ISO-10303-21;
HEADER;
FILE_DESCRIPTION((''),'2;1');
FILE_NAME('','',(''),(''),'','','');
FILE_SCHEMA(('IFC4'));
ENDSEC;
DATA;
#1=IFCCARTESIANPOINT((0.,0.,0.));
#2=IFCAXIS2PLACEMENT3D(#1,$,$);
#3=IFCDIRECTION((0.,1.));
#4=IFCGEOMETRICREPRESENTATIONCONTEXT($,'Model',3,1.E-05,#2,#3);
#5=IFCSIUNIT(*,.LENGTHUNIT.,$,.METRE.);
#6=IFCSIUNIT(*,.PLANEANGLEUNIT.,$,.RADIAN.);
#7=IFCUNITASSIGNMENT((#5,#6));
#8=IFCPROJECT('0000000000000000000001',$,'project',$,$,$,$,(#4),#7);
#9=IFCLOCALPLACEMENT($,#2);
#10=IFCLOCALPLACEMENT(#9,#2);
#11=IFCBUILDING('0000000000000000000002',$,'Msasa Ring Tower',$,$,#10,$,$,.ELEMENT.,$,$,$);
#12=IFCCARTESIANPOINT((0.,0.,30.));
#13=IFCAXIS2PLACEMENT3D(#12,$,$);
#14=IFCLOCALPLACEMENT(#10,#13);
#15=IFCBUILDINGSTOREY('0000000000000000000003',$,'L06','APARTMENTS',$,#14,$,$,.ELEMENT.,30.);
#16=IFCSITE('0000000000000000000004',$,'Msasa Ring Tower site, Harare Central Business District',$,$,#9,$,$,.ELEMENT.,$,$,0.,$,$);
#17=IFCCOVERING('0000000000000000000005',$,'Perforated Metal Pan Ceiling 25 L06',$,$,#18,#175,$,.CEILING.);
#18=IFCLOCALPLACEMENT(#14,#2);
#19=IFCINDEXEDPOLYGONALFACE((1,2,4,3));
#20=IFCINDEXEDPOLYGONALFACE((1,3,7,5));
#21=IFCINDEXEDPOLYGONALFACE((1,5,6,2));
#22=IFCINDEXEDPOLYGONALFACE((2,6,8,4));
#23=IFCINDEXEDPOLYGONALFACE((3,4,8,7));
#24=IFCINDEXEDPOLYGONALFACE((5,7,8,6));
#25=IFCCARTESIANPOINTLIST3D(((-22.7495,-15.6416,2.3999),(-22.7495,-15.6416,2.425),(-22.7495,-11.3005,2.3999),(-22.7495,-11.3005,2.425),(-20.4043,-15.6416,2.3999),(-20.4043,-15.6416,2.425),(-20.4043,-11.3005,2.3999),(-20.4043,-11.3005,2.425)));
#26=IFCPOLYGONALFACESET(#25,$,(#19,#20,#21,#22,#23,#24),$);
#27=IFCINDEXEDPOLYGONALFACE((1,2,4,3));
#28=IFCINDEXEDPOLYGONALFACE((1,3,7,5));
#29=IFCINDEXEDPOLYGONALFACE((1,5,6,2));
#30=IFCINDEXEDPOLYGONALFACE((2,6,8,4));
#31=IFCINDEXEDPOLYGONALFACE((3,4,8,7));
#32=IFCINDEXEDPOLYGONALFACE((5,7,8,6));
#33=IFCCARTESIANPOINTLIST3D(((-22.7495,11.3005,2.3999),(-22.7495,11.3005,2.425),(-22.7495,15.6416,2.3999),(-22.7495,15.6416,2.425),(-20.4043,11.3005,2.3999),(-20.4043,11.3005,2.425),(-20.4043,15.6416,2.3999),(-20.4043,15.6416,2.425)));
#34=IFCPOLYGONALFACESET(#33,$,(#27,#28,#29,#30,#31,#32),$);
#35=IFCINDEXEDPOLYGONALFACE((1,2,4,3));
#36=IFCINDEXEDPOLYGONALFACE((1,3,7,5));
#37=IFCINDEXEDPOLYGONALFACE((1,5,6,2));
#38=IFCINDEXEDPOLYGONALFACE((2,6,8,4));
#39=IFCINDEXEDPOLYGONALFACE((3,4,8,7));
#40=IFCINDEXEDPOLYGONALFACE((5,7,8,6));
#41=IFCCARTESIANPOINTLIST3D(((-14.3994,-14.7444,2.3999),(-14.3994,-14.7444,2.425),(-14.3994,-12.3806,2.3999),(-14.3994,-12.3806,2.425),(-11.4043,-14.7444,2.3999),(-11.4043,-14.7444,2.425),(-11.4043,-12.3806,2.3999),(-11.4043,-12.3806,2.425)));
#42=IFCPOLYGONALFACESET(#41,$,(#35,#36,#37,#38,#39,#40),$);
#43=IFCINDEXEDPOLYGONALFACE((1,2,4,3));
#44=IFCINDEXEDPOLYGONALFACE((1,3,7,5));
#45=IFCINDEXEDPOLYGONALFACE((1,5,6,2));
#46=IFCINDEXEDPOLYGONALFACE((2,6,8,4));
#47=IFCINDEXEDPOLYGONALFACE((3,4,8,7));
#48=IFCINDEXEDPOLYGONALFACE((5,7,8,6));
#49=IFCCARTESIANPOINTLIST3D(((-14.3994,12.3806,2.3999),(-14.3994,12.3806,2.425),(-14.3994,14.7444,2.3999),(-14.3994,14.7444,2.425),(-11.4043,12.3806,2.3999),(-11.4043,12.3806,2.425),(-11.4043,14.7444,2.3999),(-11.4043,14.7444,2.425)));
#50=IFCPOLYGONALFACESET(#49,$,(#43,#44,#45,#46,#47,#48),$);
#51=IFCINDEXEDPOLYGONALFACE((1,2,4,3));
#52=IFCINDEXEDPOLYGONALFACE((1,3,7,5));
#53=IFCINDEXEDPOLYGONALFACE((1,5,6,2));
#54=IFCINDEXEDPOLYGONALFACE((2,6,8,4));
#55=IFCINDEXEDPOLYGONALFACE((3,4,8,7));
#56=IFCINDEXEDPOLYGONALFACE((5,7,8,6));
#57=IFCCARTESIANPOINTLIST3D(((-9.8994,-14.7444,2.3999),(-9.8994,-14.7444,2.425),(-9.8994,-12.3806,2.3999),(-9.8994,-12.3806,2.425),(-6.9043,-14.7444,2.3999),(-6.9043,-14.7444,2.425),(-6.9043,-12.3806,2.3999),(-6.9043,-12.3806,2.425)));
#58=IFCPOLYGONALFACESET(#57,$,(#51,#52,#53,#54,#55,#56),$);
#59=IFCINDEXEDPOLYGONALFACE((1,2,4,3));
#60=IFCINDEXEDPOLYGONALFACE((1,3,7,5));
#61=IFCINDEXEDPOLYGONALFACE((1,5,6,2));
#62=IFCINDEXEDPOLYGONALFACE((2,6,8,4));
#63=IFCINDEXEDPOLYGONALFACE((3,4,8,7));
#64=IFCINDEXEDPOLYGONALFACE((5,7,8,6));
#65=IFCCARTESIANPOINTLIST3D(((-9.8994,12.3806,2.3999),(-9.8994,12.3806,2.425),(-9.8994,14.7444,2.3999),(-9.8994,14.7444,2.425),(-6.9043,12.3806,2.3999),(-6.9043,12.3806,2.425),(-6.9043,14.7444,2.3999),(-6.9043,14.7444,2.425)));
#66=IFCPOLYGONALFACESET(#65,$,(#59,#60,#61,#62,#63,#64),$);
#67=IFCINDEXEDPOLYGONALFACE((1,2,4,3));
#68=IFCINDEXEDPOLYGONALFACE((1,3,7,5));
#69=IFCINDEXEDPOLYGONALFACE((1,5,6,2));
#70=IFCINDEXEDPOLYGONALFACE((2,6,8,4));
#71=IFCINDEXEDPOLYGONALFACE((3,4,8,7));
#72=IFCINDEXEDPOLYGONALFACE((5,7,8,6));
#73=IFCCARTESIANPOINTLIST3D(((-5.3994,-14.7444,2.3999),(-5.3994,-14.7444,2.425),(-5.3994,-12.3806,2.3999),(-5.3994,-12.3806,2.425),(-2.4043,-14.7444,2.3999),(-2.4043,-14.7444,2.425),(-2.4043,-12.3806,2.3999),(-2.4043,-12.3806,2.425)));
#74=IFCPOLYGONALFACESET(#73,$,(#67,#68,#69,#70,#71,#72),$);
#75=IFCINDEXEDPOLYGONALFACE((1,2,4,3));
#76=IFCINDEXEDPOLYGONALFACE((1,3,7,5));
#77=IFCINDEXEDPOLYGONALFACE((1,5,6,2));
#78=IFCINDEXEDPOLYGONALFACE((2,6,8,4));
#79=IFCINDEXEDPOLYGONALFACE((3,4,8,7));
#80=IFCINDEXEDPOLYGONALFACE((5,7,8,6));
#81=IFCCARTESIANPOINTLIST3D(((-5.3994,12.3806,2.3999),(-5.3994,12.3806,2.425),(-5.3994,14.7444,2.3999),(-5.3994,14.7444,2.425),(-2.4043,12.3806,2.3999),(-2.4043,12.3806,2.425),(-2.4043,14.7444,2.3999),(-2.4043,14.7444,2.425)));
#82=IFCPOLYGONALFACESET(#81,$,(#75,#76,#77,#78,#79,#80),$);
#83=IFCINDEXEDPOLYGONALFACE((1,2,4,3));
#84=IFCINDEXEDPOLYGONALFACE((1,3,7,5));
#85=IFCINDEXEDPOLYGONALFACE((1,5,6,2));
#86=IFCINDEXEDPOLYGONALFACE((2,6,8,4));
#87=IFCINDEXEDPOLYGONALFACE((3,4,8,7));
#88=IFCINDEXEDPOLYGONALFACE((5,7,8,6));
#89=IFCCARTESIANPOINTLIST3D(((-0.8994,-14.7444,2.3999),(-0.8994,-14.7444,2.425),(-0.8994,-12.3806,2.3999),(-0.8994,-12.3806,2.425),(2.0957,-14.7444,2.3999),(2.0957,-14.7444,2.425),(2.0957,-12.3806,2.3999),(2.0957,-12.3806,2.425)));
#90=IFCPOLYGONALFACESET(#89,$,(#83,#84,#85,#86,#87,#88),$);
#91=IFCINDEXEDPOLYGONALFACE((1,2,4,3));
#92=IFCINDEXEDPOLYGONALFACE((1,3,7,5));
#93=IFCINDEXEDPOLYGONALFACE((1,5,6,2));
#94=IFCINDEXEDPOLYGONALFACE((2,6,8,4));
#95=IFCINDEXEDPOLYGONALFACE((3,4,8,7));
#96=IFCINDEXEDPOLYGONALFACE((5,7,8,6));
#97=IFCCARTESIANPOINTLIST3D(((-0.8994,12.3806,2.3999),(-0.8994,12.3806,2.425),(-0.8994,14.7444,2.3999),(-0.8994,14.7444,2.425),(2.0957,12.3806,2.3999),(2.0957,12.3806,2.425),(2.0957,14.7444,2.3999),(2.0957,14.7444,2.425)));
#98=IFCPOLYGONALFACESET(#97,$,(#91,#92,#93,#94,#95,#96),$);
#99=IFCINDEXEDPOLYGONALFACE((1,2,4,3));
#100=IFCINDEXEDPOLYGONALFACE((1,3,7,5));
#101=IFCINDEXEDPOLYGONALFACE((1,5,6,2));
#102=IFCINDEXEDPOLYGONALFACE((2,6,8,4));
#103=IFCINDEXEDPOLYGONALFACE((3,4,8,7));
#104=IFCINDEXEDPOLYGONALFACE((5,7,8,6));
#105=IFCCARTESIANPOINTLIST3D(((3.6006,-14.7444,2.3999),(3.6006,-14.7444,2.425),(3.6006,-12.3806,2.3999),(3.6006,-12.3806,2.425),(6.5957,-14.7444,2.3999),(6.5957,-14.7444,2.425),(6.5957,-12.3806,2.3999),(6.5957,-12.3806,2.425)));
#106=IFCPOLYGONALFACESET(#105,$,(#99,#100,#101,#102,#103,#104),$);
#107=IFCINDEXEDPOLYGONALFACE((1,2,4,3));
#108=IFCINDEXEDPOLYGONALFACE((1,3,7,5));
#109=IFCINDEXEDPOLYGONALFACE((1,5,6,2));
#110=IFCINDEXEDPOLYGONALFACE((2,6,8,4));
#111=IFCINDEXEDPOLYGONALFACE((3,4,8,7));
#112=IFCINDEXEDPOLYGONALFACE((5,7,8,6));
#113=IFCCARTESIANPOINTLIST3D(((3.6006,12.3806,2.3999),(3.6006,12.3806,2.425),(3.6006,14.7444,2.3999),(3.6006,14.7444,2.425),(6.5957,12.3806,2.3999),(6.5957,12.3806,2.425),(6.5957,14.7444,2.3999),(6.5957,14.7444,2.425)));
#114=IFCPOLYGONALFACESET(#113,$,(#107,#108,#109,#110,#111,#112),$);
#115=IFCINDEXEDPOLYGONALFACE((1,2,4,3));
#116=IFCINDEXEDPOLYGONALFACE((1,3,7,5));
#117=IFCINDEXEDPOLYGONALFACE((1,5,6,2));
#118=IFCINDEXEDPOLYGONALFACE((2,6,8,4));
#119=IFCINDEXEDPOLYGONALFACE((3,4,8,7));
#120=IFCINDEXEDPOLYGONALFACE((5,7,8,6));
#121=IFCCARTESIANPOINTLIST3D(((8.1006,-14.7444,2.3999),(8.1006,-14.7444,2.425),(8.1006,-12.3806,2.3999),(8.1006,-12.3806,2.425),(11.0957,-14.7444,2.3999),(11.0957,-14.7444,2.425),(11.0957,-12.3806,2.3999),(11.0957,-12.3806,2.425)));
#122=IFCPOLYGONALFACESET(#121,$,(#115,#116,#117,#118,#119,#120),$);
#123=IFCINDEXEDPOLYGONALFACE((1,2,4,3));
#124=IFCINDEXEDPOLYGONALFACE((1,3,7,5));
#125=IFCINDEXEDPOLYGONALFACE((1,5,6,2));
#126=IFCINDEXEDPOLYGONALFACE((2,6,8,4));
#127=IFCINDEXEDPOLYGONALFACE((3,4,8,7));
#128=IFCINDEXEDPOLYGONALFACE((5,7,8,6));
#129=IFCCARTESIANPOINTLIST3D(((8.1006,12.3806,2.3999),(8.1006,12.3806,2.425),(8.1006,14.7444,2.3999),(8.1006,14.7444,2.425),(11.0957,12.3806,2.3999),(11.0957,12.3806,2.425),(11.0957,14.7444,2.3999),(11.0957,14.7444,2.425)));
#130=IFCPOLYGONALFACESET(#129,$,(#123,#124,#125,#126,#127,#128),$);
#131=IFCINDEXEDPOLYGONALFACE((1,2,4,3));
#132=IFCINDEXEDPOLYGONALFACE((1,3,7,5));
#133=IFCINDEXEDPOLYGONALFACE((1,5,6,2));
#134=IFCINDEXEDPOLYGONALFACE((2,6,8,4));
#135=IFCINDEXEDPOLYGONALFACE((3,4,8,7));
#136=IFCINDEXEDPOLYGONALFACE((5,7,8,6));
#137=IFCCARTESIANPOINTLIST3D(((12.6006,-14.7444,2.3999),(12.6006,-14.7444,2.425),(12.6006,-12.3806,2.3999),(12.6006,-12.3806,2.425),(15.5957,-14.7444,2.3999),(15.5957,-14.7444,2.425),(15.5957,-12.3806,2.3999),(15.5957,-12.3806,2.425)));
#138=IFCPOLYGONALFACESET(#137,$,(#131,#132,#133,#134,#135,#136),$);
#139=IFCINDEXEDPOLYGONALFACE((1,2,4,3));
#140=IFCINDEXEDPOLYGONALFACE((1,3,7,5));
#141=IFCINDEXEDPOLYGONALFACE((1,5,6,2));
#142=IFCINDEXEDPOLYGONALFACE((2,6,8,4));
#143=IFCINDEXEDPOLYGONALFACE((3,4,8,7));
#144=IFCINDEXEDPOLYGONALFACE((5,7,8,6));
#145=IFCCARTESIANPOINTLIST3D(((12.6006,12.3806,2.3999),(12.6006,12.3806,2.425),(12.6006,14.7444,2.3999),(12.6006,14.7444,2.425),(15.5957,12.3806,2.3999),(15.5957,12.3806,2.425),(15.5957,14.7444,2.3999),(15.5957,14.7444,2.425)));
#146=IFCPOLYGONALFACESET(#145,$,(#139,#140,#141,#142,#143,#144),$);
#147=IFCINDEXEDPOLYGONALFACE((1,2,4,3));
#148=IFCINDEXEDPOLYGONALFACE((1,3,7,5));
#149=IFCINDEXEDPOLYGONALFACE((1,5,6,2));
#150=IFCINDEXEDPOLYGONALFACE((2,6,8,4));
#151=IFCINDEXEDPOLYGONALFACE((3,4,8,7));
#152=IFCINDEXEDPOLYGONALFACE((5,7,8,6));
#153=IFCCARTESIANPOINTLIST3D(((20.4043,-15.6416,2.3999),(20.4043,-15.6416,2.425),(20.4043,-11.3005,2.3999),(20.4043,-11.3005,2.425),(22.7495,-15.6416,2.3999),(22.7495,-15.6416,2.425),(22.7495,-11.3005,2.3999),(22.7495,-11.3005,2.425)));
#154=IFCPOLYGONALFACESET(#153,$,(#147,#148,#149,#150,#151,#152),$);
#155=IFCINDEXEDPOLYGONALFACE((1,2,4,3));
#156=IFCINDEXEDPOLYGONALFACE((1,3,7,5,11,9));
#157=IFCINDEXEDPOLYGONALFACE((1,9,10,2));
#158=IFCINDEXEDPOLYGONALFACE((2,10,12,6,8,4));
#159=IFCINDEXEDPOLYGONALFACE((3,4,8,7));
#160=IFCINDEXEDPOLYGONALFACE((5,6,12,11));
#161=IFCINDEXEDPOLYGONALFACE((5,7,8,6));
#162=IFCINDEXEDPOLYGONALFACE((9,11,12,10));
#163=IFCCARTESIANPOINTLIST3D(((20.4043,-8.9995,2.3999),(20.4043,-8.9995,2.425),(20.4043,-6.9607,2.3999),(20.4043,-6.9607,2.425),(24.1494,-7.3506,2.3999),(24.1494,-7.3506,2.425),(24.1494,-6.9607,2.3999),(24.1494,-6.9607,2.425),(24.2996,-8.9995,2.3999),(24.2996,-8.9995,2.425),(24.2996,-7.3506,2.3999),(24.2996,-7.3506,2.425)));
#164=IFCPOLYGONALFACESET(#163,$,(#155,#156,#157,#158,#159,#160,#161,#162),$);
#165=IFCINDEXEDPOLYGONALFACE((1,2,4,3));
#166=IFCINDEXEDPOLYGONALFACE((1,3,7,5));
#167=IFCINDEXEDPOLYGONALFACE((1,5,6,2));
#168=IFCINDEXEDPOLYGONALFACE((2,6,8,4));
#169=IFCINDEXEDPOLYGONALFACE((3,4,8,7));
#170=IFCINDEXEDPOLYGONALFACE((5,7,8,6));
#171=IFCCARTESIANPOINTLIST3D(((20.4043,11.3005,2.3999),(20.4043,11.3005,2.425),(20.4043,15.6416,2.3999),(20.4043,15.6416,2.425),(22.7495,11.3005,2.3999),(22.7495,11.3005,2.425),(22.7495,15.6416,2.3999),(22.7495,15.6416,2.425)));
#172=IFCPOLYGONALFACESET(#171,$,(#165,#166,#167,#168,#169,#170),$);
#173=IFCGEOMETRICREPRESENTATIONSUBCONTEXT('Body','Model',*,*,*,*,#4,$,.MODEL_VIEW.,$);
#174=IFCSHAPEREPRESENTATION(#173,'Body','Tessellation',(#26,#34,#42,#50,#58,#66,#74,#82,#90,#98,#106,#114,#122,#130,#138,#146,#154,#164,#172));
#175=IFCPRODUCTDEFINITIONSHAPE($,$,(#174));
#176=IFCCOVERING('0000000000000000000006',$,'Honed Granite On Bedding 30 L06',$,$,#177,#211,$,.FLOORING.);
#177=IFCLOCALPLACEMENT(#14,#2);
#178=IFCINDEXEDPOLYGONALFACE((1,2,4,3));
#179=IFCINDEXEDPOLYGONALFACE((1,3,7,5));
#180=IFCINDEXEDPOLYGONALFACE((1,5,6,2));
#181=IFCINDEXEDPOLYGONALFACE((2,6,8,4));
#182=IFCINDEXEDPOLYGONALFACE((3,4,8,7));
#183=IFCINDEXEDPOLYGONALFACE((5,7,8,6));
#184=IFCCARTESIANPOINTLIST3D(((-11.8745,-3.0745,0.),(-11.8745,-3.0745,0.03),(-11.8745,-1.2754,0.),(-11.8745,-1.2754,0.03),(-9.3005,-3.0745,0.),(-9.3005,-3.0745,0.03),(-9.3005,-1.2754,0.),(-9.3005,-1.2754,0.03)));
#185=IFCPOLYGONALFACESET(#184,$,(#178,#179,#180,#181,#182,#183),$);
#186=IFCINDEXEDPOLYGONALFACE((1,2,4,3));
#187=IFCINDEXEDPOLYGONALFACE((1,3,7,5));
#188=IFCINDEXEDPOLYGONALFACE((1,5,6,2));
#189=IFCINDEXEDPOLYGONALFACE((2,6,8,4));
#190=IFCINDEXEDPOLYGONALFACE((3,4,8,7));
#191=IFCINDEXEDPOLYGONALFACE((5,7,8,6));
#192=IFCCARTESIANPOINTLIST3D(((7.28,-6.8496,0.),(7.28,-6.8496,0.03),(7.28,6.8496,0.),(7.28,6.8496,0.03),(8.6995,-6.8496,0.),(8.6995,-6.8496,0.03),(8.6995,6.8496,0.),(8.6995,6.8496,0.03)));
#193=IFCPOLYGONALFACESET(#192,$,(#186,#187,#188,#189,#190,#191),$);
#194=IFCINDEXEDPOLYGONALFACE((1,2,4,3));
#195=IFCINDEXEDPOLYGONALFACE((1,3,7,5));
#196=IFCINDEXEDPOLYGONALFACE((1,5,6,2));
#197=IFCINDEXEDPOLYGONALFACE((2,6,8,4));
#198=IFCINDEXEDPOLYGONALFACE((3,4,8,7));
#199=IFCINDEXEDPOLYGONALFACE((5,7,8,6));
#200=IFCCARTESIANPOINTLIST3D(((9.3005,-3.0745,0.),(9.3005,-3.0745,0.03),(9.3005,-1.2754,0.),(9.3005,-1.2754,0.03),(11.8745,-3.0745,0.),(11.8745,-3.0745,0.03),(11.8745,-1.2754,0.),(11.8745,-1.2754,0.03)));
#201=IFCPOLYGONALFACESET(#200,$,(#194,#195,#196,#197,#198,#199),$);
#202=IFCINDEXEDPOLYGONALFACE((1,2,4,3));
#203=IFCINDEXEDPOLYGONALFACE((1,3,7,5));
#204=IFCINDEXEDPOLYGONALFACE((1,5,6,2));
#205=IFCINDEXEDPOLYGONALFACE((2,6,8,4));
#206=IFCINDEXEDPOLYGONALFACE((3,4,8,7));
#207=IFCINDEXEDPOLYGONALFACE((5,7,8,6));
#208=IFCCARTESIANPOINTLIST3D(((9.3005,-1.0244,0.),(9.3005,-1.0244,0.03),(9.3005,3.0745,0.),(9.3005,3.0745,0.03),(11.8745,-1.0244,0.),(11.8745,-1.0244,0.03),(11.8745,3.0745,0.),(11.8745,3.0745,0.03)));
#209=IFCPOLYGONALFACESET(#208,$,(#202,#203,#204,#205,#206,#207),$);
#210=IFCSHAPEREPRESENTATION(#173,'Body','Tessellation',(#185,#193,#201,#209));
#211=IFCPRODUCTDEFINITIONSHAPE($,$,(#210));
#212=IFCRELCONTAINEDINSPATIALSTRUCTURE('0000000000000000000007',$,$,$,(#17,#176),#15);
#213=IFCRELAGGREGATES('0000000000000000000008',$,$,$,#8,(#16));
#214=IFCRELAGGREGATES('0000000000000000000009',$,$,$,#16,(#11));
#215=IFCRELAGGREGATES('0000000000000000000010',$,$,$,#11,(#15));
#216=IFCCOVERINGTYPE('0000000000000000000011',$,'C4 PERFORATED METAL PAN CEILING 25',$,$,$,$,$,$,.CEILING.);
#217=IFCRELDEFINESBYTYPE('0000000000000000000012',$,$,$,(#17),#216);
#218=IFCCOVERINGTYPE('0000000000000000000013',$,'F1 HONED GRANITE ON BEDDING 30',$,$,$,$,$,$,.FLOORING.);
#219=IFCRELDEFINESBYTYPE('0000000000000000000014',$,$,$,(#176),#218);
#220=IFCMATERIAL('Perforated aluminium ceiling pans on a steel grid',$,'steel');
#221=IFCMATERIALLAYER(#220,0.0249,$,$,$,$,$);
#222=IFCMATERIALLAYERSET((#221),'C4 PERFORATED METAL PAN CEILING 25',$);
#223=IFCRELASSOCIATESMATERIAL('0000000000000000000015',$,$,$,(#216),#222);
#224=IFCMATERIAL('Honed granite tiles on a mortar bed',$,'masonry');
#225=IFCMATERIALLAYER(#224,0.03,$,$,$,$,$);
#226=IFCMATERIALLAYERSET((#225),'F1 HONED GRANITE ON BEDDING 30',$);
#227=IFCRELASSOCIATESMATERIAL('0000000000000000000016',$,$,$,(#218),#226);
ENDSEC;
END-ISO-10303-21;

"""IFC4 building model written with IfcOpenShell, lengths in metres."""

from ifc_helpers import new_model, si_unit, direction, frame, origin, place, context, subcontext, project, spatial, line, indexed_curve, outline, extrude, material, layer, layer_set, type_object, element, save


model = new_model("IFC4")

# Units and contexts
model_context = context("Model", 3, precision=1e-05, world=origin(), true_north=direction((0.0, 1.0)))
body_context = subcontext(model_context, "Body", "Model", "MODEL_VIEW")
ifc_project = project(units=[si_unit("LENGTHUNIT", "METRE"), si_unit("PLANEANGLEUNIT", "RADIAN")], contexts=[model_context])

# Site, building, storey
site_placement = place(None, origin())
site = spatial("IfcSite", under=ifc_project, at=site_placement, Name="Msasa Ring Tower site, Harare Central Business District", CompositionType="ELEMENT", RefElevation=0.0)
building_placement = place(site_placement, origin())
building = spatial("IfcBuilding", under=site, at=building_placement, Name="Msasa Ring Tower", CompositionType="ELEMENT")
storey_placement = place(building_placement, frame((0.0, 0.0, 30.0)))
storey = spatial("IfcBuildingStorey", under=building, at=storey_placement, Name="L06", Description="APARTMENTS", CompositionType="ELEMENT", Elevation=30.0)

# Coverings
ifc_material_1 = material(Name="Perforated aluminium ceiling pans on a steel grid", Category="steel")
ifc_layer_1 = layer(ifc_material_1, 0.0249)
ifc_layer_set_1 = layer_set([ifc_layer_1], Name="C4 PERFORATED METAL PAN CEILING 25")
covering_type_1 = type_object("IfcCoveringType", Name="C4 PERFORATED METAL PAN CEILING 25", PredefinedType="CEILING", material=ifc_layer_set_1)
covering_1_placement = place(storey_placement, frame((0.0, 0.0, 2.3999)))
element("IfcCovering", 1, at=covering_1_placement, inside=storey, type_object=covering_type_1, Name="Perforated Metal Pan Ceiling 25 L06", PredefinedType="CEILING", context=body_context, shape_type="SweptSolid", body=[
    extrude(outline(indexed_curve([(-22.7495, -11.3005), (-20.4043, -11.3005), (-20.4043, -15.6416), (-22.7495, -15.6416)], segments=[line(1, 2, 3, 4, 1)], self_intersect=False)), origin(), (0.0, 0.0, 1.0), 0.0251),
    extrude(outline(indexed_curve([(-22.7495, 15.6416), (-20.4043, 15.6416), (-20.4043, 11.3005), (-22.7495, 11.3005)], segments=[line(1, 2, 3, 4, 1)], self_intersect=False)), origin(), (0.0, 0.0, 1.0), 0.0251),
    extrude(outline(indexed_curve([(-14.3994, -12.3806), (-11.4043, -12.3806), (-11.4043, -14.7444), (-14.3994, -14.7444)], segments=[line(1, 2, 3, 4, 1)], self_intersect=False)), origin(), (0.0, 0.0, 1.0), 0.0251),
    extrude(outline(indexed_curve([(-14.3994, 14.7444), (-11.4043, 14.7444), (-11.4043, 12.3806), (-14.3994, 12.3806)], segments=[line(1, 2, 3, 4, 1)], self_intersect=False)), origin(), (0.0, 0.0, 1.0), 0.0251),
    extrude(outline(indexed_curve([(-9.8994, -12.3806), (-6.9043, -12.3806), (-6.9043, -14.7444), (-9.8994, -14.7444)], segments=[line(1, 2, 3, 4, 1)], self_intersect=False)), origin(), (0.0, 0.0, 1.0), 0.0251),
    extrude(outline(indexed_curve([(-6.9043, 14.7444), (-6.9043, 12.3806), (-9.8994, 12.3806), (-9.8994, 14.7444)], segments=[line(1, 2, 3, 4, 1)], self_intersect=False)), origin(), (0.0, 0.0, 1.0), 0.0251),
    extrude(outline(indexed_curve([(-5.3994, -12.3806), (-2.4043, -12.3806), (-2.4043, -14.7444), (-5.3994, -14.7444)], segments=[line(1, 2, 3, 4, 1)], self_intersect=False)), origin(), (0.0, 0.0, 1.0), 0.0251),
    extrude(outline(indexed_curve([(-2.4043, 14.7444), (-2.4043, 12.3806), (-5.3994, 12.3806), (-5.3994, 14.7444)], segments=[line(1, 2, 3, 4, 1)], self_intersect=False)), origin(), (0.0, 0.0, 1.0), 0.0251),
    extrude(outline(indexed_curve([(-0.8994, -12.3806), (2.0957, -12.3806), (2.0957, -14.7444), (-0.8994, -14.7444)], segments=[line(1, 2, 3, 4, 1)], self_intersect=False)), origin(), (0.0, 0.0, 1.0), 0.0251),
    extrude(outline(indexed_curve([(-0.8994, 14.7444), (2.0957, 14.7444), (2.0957, 12.3806), (-0.8994, 12.3806)], segments=[line(1, 2, 3, 4, 1)], self_intersect=False)), origin(), (0.0, 0.0, 1.0), 0.0251),
    extrude(outline(indexed_curve([(3.6006, -12.3806), (6.5957, -12.3806), (6.5957, -14.7444), (3.6006, -14.7444)], segments=[line(1, 2, 3, 4, 1)], self_intersect=False)), origin(), (0.0, 0.0, 1.0), 0.0251),
    extrude(outline(indexed_curve([(3.6006, 14.7444), (6.5957, 14.7444), (6.5957, 12.3806), (3.6006, 12.3806)], segments=[line(1, 2, 3, 4, 1)], self_intersect=False)), origin(), (0.0, 0.0, 1.0), 0.0251),
    extrude(outline(indexed_curve([(8.1006, -12.3806), (11.0957, -12.3806), (11.0957, -14.7444), (8.1006, -14.7444)], segments=[line(1, 2, 3, 4, 1)], self_intersect=False)), origin(), (0.0, 0.0, 1.0), 0.0251),
    extrude(outline(indexed_curve([(11.0957, 14.7444), (11.0957, 12.3806), (8.1006, 12.3806), (8.1006, 14.7444)], segments=[line(1, 2, 3, 4, 1)], self_intersect=False)), origin(), (0.0, 0.0, 1.0), 0.0251),
    extrude(outline(indexed_curve([(15.5957, -12.3806), (15.5957, -14.7444), (12.6006, -14.7444), (12.6006, -12.3806)], segments=[line(1, 2, 3, 4, 1)], self_intersect=False)), origin(), (0.0, 0.0, 1.0), 0.0251),
    extrude(outline(indexed_curve([(15.5957, 14.7444), (15.5957, 12.3806), (12.6006, 12.3806), (12.6006, 14.7444)], segments=[line(1, 2, 3, 4, 1)], self_intersect=False)), origin(), (0.0, 0.0, 1.0), 0.0251),
    extrude(outline(indexed_curve([(22.7495, -11.3005), (22.7495, -15.6416), (20.4043, -15.6416), (20.4043, -11.3005)], segments=[line(1, 2, 3, 4, 1)], self_intersect=False)), origin(), (0.0, 0.0, 1.0), 0.0251),
    extrude(outline(indexed_curve([(20.4043, -8.9995), (20.4043, -6.9607), (24.1494, -6.9607), (24.1494, -7.3506), (24.2996, -7.3506), (24.2996, -8.9995)], segments=[line(1, 2, 3, 4, 5, 6, 1)], self_intersect=False)), origin(), (0.0, 0.0, 1.0), 0.0251),
    extrude(outline(indexed_curve([(22.7495, 15.6416), (22.7495, 11.3005), (20.4043, 11.3005), (20.4043, 15.6416)], segments=[line(1, 2, 3, 4, 1)], self_intersect=False)), origin(), (0.0, 0.0, 1.0), 0.0251),
])
ifc_material_2 = material(Name="Honed granite tiles on a mortar bed", Category="masonry")
ifc_layer_2 = layer(ifc_material_2, 0.03)
ifc_layer_set_2 = layer_set([ifc_layer_2], Name="F1 HONED GRANITE ON BEDDING 30")
covering_type_2 = type_object("IfcCoveringType", Name="F1 HONED GRANITE ON BEDDING 30", PredefinedType="FLOORING", material=ifc_layer_set_2)
covering_2_placement = place(storey_placement, origin())
element("IfcCovering", 2, at=covering_2_placement, inside=storey, type_object=covering_type_2, Name="Honed Granite On Bedding 30 L06", PredefinedType="FLOORING", context=body_context, shape_type="SweptSolid", body=[
    extrude(outline(indexed_curve([(-11.8745, -3.0745), (-11.8745, -1.2754), (-9.3005, -1.2754), (-9.3005, -3.0745)], segments=[line(1, 2, 3, 4, 1)], self_intersect=False)), origin(), (0.0, 0.0, 1.0), 0.03),
    extrude(outline(indexed_curve([(7.28, -6.8496), (7.28, 6.8496), (8.6995, 6.8496), (8.6995, -6.8496)], segments=[line(1, 2, 3, 4, 1)], self_intersect=False)), origin(), (0.0, 0.0, 1.0), 0.03),
    extrude(outline(indexed_curve([(9.3005, -3.0745), (9.3005, -1.2754), (11.8745, -1.2754), (11.8745, -3.0745)], segments=[line(1, 2, 3, 4, 1)], self_intersect=False)), origin(), (0.0, 0.0, 1.0), 0.03),
    extrude(outline(indexed_curve([(9.3005, -1.0244), (9.3005, 3.0745), (11.8745, 3.0745), (11.8745, -1.0244)], segments=[line(1, 2, 3, 4, 1)], self_intersect=False)), origin(), (0.0, 0.0, 1.0), 0.03),
])

save(model, "model.ifc")
